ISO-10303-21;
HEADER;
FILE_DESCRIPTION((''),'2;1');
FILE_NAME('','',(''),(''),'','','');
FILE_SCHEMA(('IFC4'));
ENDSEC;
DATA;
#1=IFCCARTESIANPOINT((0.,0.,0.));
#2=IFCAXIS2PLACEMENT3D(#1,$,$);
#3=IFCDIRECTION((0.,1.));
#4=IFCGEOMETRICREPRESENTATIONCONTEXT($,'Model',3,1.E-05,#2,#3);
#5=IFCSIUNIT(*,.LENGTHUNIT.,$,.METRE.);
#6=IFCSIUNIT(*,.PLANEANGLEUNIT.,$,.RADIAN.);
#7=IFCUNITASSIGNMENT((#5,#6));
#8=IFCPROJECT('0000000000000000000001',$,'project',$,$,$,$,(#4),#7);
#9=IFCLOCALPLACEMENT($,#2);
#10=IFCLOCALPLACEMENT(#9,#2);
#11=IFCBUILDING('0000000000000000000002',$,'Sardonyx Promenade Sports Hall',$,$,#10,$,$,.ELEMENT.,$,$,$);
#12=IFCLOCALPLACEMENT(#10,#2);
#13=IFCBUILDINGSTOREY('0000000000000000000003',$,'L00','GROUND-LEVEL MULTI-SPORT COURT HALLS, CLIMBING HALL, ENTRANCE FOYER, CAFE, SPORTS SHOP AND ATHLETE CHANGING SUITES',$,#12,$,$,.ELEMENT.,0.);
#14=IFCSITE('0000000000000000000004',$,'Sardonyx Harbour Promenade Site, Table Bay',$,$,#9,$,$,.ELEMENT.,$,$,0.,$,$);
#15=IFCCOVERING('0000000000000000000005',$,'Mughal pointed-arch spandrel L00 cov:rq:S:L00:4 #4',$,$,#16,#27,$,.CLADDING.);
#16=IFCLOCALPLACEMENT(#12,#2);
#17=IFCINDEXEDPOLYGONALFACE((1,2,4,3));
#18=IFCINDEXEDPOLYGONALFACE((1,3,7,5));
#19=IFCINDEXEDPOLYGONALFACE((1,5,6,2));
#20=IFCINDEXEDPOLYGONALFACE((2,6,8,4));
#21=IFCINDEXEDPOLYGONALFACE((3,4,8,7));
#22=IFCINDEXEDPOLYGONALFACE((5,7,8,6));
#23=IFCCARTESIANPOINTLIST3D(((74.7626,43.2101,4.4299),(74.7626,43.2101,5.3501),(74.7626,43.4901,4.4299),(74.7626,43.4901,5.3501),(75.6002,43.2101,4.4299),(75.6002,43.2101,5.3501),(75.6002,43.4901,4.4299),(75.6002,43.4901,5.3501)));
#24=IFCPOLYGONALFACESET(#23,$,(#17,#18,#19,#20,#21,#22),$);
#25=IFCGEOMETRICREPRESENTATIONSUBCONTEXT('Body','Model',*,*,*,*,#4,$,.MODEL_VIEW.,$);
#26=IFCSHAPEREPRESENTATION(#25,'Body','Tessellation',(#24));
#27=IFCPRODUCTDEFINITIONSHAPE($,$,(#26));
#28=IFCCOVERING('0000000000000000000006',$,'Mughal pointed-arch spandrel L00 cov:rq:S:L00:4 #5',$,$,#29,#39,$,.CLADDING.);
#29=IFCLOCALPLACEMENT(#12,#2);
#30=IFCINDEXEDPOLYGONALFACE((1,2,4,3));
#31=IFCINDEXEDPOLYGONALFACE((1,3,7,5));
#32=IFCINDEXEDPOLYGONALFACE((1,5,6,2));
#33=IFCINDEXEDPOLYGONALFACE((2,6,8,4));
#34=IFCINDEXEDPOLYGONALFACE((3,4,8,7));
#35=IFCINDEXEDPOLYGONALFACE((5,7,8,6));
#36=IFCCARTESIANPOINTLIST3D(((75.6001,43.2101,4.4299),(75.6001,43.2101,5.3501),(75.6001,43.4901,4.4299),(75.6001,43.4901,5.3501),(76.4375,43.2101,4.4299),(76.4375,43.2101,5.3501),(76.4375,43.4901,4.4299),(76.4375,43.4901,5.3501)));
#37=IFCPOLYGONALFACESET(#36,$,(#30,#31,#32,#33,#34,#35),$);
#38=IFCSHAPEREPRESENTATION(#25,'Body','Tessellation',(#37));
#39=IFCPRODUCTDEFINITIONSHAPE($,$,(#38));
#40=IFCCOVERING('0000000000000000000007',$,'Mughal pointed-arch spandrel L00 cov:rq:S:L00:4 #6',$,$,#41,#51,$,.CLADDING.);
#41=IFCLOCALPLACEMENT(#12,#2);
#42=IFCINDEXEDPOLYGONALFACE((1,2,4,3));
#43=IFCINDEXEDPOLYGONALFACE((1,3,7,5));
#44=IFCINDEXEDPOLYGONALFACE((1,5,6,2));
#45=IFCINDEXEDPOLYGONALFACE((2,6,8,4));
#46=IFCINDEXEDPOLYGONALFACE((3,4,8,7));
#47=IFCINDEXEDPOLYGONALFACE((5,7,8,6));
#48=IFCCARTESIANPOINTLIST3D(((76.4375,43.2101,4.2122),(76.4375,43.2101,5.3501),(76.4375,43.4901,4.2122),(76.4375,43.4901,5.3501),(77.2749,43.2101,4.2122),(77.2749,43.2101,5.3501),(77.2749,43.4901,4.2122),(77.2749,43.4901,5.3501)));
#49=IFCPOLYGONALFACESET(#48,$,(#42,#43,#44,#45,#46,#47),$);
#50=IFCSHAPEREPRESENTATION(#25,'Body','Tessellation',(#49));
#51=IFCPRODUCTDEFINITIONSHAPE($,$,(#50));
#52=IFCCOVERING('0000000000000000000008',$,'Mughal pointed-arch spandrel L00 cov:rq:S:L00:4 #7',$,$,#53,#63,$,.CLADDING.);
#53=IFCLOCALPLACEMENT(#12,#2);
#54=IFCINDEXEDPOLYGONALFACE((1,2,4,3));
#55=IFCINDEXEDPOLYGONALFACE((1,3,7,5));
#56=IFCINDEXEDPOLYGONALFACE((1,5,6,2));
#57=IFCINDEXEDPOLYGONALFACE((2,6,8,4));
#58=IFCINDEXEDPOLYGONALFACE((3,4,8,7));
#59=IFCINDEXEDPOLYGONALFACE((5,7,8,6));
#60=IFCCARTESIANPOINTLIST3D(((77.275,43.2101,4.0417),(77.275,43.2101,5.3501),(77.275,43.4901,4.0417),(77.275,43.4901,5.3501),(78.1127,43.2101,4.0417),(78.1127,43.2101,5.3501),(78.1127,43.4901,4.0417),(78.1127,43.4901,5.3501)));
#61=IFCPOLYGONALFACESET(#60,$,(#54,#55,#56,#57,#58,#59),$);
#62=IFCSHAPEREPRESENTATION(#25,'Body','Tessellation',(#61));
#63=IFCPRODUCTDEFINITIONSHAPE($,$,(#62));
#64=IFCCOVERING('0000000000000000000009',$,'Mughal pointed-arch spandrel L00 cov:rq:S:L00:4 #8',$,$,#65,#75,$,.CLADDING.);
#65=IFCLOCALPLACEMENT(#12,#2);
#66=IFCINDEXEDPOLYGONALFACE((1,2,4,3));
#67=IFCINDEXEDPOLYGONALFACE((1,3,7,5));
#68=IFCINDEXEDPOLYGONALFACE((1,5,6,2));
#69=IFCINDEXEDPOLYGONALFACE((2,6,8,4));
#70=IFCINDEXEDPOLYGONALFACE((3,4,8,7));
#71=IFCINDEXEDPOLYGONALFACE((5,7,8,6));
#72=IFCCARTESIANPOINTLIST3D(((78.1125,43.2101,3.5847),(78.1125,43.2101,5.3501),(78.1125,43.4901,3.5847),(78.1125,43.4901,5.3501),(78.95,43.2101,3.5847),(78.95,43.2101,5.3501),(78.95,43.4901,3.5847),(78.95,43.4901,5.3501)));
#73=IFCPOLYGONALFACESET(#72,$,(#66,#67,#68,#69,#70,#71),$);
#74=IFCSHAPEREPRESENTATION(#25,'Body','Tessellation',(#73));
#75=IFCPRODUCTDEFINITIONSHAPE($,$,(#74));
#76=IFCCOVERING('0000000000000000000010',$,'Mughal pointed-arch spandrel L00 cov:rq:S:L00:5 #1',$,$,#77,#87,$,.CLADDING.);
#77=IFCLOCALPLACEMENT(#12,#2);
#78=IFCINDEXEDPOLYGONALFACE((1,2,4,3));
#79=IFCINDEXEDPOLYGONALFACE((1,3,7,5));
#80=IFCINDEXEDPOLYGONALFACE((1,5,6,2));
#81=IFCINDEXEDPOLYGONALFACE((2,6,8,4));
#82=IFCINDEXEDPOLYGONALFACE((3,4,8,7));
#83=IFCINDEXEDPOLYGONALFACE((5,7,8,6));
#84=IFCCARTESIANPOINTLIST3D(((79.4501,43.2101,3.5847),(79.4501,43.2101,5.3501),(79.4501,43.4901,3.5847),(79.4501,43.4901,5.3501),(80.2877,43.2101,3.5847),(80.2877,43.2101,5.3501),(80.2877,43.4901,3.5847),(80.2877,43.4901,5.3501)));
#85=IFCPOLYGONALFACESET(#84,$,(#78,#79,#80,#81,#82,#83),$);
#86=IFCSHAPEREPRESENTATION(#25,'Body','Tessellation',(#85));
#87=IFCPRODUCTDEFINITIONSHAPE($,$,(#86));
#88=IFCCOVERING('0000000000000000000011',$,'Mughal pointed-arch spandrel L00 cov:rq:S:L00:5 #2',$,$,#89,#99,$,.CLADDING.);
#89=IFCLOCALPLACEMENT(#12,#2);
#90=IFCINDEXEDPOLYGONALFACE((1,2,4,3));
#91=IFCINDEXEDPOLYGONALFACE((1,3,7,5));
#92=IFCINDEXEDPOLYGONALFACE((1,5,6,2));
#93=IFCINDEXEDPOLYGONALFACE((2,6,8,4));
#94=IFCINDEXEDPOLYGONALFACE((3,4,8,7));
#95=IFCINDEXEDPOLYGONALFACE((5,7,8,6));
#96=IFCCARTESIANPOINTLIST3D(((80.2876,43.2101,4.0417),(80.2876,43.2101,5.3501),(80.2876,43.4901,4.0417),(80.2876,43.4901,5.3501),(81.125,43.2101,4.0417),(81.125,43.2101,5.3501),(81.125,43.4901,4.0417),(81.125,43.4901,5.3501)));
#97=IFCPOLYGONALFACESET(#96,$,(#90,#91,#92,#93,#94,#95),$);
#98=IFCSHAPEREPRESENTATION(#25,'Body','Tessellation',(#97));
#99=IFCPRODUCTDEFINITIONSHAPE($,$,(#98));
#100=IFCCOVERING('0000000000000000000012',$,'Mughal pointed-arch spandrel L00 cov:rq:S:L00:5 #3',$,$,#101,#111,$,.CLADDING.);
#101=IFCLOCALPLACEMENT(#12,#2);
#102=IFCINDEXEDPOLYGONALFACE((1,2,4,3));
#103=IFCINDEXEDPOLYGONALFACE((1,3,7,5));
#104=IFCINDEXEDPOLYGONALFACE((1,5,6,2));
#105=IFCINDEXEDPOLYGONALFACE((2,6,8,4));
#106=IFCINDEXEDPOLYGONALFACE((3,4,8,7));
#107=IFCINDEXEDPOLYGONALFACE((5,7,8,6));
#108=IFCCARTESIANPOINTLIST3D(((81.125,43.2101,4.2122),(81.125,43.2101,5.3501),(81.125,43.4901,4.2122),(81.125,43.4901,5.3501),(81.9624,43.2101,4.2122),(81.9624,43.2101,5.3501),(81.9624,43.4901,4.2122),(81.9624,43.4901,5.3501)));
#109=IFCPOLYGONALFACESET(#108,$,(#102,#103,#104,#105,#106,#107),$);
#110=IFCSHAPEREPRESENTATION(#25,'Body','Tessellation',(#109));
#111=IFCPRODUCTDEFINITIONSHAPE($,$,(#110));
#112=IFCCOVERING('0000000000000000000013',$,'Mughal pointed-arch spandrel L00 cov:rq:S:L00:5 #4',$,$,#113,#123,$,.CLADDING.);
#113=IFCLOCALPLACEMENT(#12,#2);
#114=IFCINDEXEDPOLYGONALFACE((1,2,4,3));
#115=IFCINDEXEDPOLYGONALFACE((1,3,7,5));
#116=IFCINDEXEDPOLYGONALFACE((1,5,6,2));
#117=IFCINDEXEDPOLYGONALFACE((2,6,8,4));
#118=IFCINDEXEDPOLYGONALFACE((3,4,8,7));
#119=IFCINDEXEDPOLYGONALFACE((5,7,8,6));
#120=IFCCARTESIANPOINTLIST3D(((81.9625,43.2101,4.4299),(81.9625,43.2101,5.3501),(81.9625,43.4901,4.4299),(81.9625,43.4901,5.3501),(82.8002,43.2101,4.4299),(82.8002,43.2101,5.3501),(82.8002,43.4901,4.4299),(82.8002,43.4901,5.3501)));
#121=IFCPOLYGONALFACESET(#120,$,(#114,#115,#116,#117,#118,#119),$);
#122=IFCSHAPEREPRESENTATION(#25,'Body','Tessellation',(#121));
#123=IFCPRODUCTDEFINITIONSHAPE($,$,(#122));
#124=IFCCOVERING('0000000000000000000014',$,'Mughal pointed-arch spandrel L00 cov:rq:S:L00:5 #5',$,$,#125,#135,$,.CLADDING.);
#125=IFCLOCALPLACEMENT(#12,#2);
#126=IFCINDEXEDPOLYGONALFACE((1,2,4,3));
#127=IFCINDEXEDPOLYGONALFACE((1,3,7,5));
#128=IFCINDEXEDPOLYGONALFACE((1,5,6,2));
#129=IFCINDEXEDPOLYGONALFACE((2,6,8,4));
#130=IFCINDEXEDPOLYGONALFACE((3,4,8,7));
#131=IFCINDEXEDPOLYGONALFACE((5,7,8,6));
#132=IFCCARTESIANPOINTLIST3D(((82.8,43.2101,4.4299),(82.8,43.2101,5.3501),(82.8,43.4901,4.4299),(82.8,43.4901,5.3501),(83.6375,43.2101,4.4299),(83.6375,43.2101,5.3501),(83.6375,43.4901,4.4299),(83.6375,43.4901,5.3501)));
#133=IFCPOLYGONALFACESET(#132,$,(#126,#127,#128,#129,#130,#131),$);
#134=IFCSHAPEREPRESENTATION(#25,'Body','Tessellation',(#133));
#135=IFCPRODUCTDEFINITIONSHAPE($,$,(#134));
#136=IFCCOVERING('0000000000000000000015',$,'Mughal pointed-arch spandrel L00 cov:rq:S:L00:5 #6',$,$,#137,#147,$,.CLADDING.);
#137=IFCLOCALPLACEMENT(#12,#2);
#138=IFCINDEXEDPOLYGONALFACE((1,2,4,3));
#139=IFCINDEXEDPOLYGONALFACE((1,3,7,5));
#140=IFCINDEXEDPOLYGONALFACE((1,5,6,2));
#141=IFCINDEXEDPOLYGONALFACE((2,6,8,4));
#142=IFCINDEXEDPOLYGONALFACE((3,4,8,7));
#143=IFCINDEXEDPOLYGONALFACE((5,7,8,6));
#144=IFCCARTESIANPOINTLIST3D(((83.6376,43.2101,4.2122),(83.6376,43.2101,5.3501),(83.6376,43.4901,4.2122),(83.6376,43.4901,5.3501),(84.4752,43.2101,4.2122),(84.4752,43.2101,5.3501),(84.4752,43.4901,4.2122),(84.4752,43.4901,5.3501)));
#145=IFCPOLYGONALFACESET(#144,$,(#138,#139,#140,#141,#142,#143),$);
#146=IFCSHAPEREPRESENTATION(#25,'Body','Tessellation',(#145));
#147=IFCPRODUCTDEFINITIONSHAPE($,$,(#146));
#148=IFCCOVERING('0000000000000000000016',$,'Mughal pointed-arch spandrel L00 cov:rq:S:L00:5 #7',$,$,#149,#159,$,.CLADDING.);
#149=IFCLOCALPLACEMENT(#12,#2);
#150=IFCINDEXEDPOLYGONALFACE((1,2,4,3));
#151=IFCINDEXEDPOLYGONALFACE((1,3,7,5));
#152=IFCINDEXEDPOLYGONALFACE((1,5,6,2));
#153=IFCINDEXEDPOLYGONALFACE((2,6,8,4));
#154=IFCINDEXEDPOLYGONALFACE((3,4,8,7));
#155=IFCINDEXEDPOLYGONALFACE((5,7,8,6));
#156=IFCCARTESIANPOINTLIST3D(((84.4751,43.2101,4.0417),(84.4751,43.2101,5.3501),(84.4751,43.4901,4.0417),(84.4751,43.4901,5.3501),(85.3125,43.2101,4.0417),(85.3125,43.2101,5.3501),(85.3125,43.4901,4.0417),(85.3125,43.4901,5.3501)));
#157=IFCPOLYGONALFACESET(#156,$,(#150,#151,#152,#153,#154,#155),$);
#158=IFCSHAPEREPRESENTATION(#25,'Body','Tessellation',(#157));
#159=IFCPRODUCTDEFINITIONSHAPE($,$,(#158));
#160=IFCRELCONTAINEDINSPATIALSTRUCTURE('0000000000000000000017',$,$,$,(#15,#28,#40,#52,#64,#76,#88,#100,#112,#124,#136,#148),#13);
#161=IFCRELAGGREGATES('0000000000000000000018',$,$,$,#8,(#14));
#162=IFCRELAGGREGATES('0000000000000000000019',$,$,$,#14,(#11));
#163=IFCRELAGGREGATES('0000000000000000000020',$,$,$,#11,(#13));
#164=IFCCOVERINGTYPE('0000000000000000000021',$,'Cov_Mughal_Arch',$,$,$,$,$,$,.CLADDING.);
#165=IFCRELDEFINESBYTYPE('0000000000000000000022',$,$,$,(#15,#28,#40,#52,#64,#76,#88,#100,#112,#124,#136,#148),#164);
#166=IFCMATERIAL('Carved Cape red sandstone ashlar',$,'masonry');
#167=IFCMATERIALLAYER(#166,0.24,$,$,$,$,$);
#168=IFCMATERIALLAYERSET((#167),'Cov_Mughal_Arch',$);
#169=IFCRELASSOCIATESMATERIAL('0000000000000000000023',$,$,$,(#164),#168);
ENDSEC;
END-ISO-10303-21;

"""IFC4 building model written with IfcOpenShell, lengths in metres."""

from ifc_helpers import new_model, si_unit, direction, frame, frame_2d, origin, place, context, subcontext, project, spatial, rectangle, extrude, material, layer, layer_set, type_object, element, save


model = new_model("IFC4")

# Units and contexts
model_context = context("Model", 3, precision=1e-05, world=origin(), true_north=direction((0.0, 1.0)))
body_context = subcontext(model_context, "Body", "Model", "MODEL_VIEW")
ifc_project = project(units=[si_unit("LENGTHUNIT", "METRE"), si_unit("PLANEANGLEUNIT", "RADIAN")], contexts=[model_context])

# Site, building, storey
site_placement = place(None, origin())
site = spatial("IfcSite", under=ifc_project, at=site_placement, Name="Sardonyx Harbour Promenade Site, Table Bay", CompositionType="ELEMENT", RefElevation=0.0)
building_placement = place(site_placement, origin())
building = spatial("IfcBuilding", under=site, at=building_placement, Name="Sardonyx Promenade Sports Hall", CompositionType="ELEMENT")
storey_placement = place(building_placement, origin())
storey = spatial("IfcBuildingStorey", under=building, at=storey_placement, Name="L00", Description="GROUND-LEVEL MULTI-SPORT COURT HALLS, CLIMBING HALL, ENTRANCE FOYER, CAFE, SPORTS SHOP AND ATHLETE CHANGING SUITES", CompositionType="ELEMENT", Elevation=0.0)

# Coverings
ifc_material_1 = material(Name="Carved Cape red sandstone ashlar", Category="masonry")
ifc_layer_1 = layer(ifc_material_1, 0.24)
ifc_layer_set_1 = layer_set([ifc_layer_1], Name="Cov_Mughal_Arch")
covering_type = type_object("IfcCoveringType", Name="Cov_Mughal_Arch", PredefinedType="CLADDING", material=ifc_layer_set_1)
covering_1_placement = place(storey_placement, frame((74.7625, 43.3501, 4.4299), z_axis=(0.0, 0.0, 1.0), x_axis=(1.0, 0.0, 0.0)))
element("IfcCovering", 1, at=covering_1_placement, inside=storey, type_object=covering_type, Name="Mughal pointed-arch spandrel L00 cov:rq:S:L00:4 #4", PredefinedType="CLADDING", context=body_context, shape_type="SweptSolid", body=[
    extrude(rectangle(XDim=0.8376, YDim=0.28, at=frame_2d((0.4189, 0.0))), origin(), (0.0, 0.0, 1.0), 0.9202),
])
covering_2_placement = place(storey_placement, frame((75.6001, 43.3501, 4.4299), z_axis=(0.0, 0.0, 1.0), x_axis=(1.0, 0.0, 0.0)))
element("IfcCovering", 2, at=covering_2_placement, inside=storey, type_object=covering_type, Name="Mughal pointed-arch spandrel L00 cov:rq:S:L00:4 #5", PredefinedType="CLADDING", context=body_context, shape_type="SweptSolid", body=[
    extrude(rectangle(XDim=0.8374, YDim=0.28, at=frame_2d((0.4187, 0.0))), origin(), (0.0, 0.0, 1.0), 0.9202),
])
covering_3_placement = place(storey_placement, frame((76.4375, 43.3501, 4.2122), z_axis=(0.0, 0.0, 1.0), x_axis=(1.0, 0.0, 0.0)))
element("IfcCovering", 3, at=covering_3_placement, inside=storey, type_object=covering_type, Name="Mughal pointed-arch spandrel L00 cov:rq:S:L00:4 #6", PredefinedType="CLADDING", context=body_context, shape_type="SweptSolid", body=[
    extrude(rectangle(XDim=0.8374, YDim=0.28, at=frame_2d((0.4187, 0.0))), origin(), (0.0, 0.0, 1.0), 1.1379),
])
covering_4_placement = place(storey_placement, frame((77.2749, 43.3501, 4.0417), z_axis=(0.0, 0.0, 1.0), x_axis=(1.0, 0.0, 0.0)))
element("IfcCovering", 4, at=covering_4_placement, inside=storey, type_object=covering_type, Name="Mughal pointed-arch spandrel L00 cov:rq:S:L00:4 #7", PredefinedType="CLADDING", context=body_context, shape_type="SweptSolid", body=[
    extrude(rectangle(XDim=0.8376, YDim=0.28, at=frame_2d((0.4189, 0.0))), origin(), (0.0, 0.0, 1.0), 1.3083),
])
covering_5_placement = place(storey_placement, frame((78.1125, 43.3501, 3.5847), z_axis=(0.0, 0.0, 1.0), x_axis=(1.0, 0.0, 0.0)))
element("IfcCovering", 5, at=covering_5_placement, inside=storey, type_object=covering_type, Name="Mughal pointed-arch spandrel L00 cov:rq:S:L00:4 #8", PredefinedType="CLADDING", context=body_context, shape_type="SweptSolid", body=[
    extrude(rectangle(XDim=0.8374, YDim=0.28, at=frame_2d((0.4187, 0.0))), origin(), (0.0, 0.0, 1.0), 1.7654),
])
covering_6_placement = place(storey_placement, frame((79.45, 43.3501, 3.5847), z_axis=(0.0, 0.0, 1.0), x_axis=(1.0, 0.0, 0.0)))
element("IfcCovering", 6, at=covering_6_placement, inside=storey, type_object=covering_type, Name="Mughal pointed-arch spandrel L00 cov:rq:S:L00:5 #1", PredefinedType="CLADDING", context=body_context, shape_type="SweptSolid", body=[
    extrude(rectangle(XDim=0.8376, YDim=0.28, at=frame_2d((0.4189, 0.0))), origin(), (0.0, 0.0, 1.0), 1.7654),
])
covering_7_placement = place(storey_placement, frame((80.2876, 43.3501, 4.0417), z_axis=(0.0, 0.0, 1.0), x_axis=(1.0, 0.0, 0.0)))
element("IfcCovering", 7, at=covering_7_placement, inside=storey, type_object=covering_type, Name="Mughal pointed-arch spandrel L00 cov:rq:S:L00:5 #2", PredefinedType="CLADDING", context=body_context, shape_type="SweptSolid", body=[
    extrude(rectangle(XDim=0.8374, YDim=0.28, at=frame_2d((0.4187, 0.0))), origin(), (0.0, 0.0, 1.0), 1.3083),
])
covering_8_placement = place(storey_placement, frame((81.125, 43.3501, 4.2122), z_axis=(0.0, 0.0, 1.0), x_axis=(1.0, 0.0, 0.0)))
element("IfcCovering", 8, at=covering_8_placement, inside=storey, type_object=covering_type, Name="Mughal pointed-arch spandrel L00 cov:rq:S:L00:5 #3", PredefinedType="CLADDING", context=body_context, shape_type="SweptSolid", body=[
    extrude(rectangle(XDim=0.8374, YDim=0.28, at=frame_2d((0.4187, 0.0))), origin(), (0.0, 0.0, 1.0), 1.1379),
])
covering_9_placement = place(storey_placement, frame((81.9624, 43.3501, 4.4299), z_axis=(0.0, 0.0, 1.0), x_axis=(1.0, 0.0, 0.0)))
element("IfcCovering", 9, at=covering_9_placement, inside=storey, type_object=covering_type, Name="Mughal pointed-arch spandrel L00 cov:rq:S:L00:5 #4", PredefinedType="CLADDING", context=body_context, shape_type="SweptSolid", body=[
    extrude(rectangle(XDim=0.8376, YDim=0.28, at=frame_2d((0.4189, 0.0))), origin(), (0.0, 0.0, 1.0), 0.9202),
])
covering_10_placement = place(storey_placement, frame((82.8, 43.3501, 4.4299), z_axis=(0.0, 0.0, 1.0), x_axis=(1.0, 0.0, 0.0)))
element("IfcCovering", 10, at=covering_10_placement, inside=storey, type_object=covering_type, Name="Mughal pointed-arch spandrel L00 cov:rq:S:L00:5 #5", PredefinedType="CLADDING", context=body_context, shape_type="SweptSolid", body=[
    extrude(rectangle(XDim=0.8374, YDim=0.28, at=frame_2d((0.4187, 0.0))), origin(), (0.0, 0.0, 1.0), 0.9202),
])
covering_11_placement = place(storey_placement, frame((83.6375, 43.3501, 4.2122), z_axis=(0.0, 0.0, 1.0), x_axis=(1.0, 0.0, 0.0)))
element("IfcCovering", 11, at=covering_11_placement, inside=storey, type_object=covering_type, Name="Mughal pointed-arch spandrel L00 cov:rq:S:L00:5 #6", PredefinedType="CLADDING", context=body_context, shape_type="SweptSolid", body=[
    extrude(rectangle(XDim=0.8376, YDim=0.28, at=frame_2d((0.4189, 0.0))), origin(), (0.0, 0.0, 1.0), 1.1379),
])
covering_12_placement = place(storey_placement, frame((84.4751, 43.3501, 4.0417), z_axis=(0.0, 0.0, 1.0), x_axis=(1.0, 0.0, 0.0)))
element("IfcCovering", 12, at=covering_12_placement, inside=storey, type_object=covering_type, Name="Mughal pointed-arch spandrel L00 cov:rq:S:L00:5 #7", PredefinedType="CLADDING", context=body_context, shape_type="SweptSolid", body=[
    extrude(rectangle(XDim=0.8374, YDim=0.28, at=frame_2d((0.4187, 0.0))), origin(), (0.0, 0.0, 1.0), 1.3083),
])

save(model, "model.ifc")
